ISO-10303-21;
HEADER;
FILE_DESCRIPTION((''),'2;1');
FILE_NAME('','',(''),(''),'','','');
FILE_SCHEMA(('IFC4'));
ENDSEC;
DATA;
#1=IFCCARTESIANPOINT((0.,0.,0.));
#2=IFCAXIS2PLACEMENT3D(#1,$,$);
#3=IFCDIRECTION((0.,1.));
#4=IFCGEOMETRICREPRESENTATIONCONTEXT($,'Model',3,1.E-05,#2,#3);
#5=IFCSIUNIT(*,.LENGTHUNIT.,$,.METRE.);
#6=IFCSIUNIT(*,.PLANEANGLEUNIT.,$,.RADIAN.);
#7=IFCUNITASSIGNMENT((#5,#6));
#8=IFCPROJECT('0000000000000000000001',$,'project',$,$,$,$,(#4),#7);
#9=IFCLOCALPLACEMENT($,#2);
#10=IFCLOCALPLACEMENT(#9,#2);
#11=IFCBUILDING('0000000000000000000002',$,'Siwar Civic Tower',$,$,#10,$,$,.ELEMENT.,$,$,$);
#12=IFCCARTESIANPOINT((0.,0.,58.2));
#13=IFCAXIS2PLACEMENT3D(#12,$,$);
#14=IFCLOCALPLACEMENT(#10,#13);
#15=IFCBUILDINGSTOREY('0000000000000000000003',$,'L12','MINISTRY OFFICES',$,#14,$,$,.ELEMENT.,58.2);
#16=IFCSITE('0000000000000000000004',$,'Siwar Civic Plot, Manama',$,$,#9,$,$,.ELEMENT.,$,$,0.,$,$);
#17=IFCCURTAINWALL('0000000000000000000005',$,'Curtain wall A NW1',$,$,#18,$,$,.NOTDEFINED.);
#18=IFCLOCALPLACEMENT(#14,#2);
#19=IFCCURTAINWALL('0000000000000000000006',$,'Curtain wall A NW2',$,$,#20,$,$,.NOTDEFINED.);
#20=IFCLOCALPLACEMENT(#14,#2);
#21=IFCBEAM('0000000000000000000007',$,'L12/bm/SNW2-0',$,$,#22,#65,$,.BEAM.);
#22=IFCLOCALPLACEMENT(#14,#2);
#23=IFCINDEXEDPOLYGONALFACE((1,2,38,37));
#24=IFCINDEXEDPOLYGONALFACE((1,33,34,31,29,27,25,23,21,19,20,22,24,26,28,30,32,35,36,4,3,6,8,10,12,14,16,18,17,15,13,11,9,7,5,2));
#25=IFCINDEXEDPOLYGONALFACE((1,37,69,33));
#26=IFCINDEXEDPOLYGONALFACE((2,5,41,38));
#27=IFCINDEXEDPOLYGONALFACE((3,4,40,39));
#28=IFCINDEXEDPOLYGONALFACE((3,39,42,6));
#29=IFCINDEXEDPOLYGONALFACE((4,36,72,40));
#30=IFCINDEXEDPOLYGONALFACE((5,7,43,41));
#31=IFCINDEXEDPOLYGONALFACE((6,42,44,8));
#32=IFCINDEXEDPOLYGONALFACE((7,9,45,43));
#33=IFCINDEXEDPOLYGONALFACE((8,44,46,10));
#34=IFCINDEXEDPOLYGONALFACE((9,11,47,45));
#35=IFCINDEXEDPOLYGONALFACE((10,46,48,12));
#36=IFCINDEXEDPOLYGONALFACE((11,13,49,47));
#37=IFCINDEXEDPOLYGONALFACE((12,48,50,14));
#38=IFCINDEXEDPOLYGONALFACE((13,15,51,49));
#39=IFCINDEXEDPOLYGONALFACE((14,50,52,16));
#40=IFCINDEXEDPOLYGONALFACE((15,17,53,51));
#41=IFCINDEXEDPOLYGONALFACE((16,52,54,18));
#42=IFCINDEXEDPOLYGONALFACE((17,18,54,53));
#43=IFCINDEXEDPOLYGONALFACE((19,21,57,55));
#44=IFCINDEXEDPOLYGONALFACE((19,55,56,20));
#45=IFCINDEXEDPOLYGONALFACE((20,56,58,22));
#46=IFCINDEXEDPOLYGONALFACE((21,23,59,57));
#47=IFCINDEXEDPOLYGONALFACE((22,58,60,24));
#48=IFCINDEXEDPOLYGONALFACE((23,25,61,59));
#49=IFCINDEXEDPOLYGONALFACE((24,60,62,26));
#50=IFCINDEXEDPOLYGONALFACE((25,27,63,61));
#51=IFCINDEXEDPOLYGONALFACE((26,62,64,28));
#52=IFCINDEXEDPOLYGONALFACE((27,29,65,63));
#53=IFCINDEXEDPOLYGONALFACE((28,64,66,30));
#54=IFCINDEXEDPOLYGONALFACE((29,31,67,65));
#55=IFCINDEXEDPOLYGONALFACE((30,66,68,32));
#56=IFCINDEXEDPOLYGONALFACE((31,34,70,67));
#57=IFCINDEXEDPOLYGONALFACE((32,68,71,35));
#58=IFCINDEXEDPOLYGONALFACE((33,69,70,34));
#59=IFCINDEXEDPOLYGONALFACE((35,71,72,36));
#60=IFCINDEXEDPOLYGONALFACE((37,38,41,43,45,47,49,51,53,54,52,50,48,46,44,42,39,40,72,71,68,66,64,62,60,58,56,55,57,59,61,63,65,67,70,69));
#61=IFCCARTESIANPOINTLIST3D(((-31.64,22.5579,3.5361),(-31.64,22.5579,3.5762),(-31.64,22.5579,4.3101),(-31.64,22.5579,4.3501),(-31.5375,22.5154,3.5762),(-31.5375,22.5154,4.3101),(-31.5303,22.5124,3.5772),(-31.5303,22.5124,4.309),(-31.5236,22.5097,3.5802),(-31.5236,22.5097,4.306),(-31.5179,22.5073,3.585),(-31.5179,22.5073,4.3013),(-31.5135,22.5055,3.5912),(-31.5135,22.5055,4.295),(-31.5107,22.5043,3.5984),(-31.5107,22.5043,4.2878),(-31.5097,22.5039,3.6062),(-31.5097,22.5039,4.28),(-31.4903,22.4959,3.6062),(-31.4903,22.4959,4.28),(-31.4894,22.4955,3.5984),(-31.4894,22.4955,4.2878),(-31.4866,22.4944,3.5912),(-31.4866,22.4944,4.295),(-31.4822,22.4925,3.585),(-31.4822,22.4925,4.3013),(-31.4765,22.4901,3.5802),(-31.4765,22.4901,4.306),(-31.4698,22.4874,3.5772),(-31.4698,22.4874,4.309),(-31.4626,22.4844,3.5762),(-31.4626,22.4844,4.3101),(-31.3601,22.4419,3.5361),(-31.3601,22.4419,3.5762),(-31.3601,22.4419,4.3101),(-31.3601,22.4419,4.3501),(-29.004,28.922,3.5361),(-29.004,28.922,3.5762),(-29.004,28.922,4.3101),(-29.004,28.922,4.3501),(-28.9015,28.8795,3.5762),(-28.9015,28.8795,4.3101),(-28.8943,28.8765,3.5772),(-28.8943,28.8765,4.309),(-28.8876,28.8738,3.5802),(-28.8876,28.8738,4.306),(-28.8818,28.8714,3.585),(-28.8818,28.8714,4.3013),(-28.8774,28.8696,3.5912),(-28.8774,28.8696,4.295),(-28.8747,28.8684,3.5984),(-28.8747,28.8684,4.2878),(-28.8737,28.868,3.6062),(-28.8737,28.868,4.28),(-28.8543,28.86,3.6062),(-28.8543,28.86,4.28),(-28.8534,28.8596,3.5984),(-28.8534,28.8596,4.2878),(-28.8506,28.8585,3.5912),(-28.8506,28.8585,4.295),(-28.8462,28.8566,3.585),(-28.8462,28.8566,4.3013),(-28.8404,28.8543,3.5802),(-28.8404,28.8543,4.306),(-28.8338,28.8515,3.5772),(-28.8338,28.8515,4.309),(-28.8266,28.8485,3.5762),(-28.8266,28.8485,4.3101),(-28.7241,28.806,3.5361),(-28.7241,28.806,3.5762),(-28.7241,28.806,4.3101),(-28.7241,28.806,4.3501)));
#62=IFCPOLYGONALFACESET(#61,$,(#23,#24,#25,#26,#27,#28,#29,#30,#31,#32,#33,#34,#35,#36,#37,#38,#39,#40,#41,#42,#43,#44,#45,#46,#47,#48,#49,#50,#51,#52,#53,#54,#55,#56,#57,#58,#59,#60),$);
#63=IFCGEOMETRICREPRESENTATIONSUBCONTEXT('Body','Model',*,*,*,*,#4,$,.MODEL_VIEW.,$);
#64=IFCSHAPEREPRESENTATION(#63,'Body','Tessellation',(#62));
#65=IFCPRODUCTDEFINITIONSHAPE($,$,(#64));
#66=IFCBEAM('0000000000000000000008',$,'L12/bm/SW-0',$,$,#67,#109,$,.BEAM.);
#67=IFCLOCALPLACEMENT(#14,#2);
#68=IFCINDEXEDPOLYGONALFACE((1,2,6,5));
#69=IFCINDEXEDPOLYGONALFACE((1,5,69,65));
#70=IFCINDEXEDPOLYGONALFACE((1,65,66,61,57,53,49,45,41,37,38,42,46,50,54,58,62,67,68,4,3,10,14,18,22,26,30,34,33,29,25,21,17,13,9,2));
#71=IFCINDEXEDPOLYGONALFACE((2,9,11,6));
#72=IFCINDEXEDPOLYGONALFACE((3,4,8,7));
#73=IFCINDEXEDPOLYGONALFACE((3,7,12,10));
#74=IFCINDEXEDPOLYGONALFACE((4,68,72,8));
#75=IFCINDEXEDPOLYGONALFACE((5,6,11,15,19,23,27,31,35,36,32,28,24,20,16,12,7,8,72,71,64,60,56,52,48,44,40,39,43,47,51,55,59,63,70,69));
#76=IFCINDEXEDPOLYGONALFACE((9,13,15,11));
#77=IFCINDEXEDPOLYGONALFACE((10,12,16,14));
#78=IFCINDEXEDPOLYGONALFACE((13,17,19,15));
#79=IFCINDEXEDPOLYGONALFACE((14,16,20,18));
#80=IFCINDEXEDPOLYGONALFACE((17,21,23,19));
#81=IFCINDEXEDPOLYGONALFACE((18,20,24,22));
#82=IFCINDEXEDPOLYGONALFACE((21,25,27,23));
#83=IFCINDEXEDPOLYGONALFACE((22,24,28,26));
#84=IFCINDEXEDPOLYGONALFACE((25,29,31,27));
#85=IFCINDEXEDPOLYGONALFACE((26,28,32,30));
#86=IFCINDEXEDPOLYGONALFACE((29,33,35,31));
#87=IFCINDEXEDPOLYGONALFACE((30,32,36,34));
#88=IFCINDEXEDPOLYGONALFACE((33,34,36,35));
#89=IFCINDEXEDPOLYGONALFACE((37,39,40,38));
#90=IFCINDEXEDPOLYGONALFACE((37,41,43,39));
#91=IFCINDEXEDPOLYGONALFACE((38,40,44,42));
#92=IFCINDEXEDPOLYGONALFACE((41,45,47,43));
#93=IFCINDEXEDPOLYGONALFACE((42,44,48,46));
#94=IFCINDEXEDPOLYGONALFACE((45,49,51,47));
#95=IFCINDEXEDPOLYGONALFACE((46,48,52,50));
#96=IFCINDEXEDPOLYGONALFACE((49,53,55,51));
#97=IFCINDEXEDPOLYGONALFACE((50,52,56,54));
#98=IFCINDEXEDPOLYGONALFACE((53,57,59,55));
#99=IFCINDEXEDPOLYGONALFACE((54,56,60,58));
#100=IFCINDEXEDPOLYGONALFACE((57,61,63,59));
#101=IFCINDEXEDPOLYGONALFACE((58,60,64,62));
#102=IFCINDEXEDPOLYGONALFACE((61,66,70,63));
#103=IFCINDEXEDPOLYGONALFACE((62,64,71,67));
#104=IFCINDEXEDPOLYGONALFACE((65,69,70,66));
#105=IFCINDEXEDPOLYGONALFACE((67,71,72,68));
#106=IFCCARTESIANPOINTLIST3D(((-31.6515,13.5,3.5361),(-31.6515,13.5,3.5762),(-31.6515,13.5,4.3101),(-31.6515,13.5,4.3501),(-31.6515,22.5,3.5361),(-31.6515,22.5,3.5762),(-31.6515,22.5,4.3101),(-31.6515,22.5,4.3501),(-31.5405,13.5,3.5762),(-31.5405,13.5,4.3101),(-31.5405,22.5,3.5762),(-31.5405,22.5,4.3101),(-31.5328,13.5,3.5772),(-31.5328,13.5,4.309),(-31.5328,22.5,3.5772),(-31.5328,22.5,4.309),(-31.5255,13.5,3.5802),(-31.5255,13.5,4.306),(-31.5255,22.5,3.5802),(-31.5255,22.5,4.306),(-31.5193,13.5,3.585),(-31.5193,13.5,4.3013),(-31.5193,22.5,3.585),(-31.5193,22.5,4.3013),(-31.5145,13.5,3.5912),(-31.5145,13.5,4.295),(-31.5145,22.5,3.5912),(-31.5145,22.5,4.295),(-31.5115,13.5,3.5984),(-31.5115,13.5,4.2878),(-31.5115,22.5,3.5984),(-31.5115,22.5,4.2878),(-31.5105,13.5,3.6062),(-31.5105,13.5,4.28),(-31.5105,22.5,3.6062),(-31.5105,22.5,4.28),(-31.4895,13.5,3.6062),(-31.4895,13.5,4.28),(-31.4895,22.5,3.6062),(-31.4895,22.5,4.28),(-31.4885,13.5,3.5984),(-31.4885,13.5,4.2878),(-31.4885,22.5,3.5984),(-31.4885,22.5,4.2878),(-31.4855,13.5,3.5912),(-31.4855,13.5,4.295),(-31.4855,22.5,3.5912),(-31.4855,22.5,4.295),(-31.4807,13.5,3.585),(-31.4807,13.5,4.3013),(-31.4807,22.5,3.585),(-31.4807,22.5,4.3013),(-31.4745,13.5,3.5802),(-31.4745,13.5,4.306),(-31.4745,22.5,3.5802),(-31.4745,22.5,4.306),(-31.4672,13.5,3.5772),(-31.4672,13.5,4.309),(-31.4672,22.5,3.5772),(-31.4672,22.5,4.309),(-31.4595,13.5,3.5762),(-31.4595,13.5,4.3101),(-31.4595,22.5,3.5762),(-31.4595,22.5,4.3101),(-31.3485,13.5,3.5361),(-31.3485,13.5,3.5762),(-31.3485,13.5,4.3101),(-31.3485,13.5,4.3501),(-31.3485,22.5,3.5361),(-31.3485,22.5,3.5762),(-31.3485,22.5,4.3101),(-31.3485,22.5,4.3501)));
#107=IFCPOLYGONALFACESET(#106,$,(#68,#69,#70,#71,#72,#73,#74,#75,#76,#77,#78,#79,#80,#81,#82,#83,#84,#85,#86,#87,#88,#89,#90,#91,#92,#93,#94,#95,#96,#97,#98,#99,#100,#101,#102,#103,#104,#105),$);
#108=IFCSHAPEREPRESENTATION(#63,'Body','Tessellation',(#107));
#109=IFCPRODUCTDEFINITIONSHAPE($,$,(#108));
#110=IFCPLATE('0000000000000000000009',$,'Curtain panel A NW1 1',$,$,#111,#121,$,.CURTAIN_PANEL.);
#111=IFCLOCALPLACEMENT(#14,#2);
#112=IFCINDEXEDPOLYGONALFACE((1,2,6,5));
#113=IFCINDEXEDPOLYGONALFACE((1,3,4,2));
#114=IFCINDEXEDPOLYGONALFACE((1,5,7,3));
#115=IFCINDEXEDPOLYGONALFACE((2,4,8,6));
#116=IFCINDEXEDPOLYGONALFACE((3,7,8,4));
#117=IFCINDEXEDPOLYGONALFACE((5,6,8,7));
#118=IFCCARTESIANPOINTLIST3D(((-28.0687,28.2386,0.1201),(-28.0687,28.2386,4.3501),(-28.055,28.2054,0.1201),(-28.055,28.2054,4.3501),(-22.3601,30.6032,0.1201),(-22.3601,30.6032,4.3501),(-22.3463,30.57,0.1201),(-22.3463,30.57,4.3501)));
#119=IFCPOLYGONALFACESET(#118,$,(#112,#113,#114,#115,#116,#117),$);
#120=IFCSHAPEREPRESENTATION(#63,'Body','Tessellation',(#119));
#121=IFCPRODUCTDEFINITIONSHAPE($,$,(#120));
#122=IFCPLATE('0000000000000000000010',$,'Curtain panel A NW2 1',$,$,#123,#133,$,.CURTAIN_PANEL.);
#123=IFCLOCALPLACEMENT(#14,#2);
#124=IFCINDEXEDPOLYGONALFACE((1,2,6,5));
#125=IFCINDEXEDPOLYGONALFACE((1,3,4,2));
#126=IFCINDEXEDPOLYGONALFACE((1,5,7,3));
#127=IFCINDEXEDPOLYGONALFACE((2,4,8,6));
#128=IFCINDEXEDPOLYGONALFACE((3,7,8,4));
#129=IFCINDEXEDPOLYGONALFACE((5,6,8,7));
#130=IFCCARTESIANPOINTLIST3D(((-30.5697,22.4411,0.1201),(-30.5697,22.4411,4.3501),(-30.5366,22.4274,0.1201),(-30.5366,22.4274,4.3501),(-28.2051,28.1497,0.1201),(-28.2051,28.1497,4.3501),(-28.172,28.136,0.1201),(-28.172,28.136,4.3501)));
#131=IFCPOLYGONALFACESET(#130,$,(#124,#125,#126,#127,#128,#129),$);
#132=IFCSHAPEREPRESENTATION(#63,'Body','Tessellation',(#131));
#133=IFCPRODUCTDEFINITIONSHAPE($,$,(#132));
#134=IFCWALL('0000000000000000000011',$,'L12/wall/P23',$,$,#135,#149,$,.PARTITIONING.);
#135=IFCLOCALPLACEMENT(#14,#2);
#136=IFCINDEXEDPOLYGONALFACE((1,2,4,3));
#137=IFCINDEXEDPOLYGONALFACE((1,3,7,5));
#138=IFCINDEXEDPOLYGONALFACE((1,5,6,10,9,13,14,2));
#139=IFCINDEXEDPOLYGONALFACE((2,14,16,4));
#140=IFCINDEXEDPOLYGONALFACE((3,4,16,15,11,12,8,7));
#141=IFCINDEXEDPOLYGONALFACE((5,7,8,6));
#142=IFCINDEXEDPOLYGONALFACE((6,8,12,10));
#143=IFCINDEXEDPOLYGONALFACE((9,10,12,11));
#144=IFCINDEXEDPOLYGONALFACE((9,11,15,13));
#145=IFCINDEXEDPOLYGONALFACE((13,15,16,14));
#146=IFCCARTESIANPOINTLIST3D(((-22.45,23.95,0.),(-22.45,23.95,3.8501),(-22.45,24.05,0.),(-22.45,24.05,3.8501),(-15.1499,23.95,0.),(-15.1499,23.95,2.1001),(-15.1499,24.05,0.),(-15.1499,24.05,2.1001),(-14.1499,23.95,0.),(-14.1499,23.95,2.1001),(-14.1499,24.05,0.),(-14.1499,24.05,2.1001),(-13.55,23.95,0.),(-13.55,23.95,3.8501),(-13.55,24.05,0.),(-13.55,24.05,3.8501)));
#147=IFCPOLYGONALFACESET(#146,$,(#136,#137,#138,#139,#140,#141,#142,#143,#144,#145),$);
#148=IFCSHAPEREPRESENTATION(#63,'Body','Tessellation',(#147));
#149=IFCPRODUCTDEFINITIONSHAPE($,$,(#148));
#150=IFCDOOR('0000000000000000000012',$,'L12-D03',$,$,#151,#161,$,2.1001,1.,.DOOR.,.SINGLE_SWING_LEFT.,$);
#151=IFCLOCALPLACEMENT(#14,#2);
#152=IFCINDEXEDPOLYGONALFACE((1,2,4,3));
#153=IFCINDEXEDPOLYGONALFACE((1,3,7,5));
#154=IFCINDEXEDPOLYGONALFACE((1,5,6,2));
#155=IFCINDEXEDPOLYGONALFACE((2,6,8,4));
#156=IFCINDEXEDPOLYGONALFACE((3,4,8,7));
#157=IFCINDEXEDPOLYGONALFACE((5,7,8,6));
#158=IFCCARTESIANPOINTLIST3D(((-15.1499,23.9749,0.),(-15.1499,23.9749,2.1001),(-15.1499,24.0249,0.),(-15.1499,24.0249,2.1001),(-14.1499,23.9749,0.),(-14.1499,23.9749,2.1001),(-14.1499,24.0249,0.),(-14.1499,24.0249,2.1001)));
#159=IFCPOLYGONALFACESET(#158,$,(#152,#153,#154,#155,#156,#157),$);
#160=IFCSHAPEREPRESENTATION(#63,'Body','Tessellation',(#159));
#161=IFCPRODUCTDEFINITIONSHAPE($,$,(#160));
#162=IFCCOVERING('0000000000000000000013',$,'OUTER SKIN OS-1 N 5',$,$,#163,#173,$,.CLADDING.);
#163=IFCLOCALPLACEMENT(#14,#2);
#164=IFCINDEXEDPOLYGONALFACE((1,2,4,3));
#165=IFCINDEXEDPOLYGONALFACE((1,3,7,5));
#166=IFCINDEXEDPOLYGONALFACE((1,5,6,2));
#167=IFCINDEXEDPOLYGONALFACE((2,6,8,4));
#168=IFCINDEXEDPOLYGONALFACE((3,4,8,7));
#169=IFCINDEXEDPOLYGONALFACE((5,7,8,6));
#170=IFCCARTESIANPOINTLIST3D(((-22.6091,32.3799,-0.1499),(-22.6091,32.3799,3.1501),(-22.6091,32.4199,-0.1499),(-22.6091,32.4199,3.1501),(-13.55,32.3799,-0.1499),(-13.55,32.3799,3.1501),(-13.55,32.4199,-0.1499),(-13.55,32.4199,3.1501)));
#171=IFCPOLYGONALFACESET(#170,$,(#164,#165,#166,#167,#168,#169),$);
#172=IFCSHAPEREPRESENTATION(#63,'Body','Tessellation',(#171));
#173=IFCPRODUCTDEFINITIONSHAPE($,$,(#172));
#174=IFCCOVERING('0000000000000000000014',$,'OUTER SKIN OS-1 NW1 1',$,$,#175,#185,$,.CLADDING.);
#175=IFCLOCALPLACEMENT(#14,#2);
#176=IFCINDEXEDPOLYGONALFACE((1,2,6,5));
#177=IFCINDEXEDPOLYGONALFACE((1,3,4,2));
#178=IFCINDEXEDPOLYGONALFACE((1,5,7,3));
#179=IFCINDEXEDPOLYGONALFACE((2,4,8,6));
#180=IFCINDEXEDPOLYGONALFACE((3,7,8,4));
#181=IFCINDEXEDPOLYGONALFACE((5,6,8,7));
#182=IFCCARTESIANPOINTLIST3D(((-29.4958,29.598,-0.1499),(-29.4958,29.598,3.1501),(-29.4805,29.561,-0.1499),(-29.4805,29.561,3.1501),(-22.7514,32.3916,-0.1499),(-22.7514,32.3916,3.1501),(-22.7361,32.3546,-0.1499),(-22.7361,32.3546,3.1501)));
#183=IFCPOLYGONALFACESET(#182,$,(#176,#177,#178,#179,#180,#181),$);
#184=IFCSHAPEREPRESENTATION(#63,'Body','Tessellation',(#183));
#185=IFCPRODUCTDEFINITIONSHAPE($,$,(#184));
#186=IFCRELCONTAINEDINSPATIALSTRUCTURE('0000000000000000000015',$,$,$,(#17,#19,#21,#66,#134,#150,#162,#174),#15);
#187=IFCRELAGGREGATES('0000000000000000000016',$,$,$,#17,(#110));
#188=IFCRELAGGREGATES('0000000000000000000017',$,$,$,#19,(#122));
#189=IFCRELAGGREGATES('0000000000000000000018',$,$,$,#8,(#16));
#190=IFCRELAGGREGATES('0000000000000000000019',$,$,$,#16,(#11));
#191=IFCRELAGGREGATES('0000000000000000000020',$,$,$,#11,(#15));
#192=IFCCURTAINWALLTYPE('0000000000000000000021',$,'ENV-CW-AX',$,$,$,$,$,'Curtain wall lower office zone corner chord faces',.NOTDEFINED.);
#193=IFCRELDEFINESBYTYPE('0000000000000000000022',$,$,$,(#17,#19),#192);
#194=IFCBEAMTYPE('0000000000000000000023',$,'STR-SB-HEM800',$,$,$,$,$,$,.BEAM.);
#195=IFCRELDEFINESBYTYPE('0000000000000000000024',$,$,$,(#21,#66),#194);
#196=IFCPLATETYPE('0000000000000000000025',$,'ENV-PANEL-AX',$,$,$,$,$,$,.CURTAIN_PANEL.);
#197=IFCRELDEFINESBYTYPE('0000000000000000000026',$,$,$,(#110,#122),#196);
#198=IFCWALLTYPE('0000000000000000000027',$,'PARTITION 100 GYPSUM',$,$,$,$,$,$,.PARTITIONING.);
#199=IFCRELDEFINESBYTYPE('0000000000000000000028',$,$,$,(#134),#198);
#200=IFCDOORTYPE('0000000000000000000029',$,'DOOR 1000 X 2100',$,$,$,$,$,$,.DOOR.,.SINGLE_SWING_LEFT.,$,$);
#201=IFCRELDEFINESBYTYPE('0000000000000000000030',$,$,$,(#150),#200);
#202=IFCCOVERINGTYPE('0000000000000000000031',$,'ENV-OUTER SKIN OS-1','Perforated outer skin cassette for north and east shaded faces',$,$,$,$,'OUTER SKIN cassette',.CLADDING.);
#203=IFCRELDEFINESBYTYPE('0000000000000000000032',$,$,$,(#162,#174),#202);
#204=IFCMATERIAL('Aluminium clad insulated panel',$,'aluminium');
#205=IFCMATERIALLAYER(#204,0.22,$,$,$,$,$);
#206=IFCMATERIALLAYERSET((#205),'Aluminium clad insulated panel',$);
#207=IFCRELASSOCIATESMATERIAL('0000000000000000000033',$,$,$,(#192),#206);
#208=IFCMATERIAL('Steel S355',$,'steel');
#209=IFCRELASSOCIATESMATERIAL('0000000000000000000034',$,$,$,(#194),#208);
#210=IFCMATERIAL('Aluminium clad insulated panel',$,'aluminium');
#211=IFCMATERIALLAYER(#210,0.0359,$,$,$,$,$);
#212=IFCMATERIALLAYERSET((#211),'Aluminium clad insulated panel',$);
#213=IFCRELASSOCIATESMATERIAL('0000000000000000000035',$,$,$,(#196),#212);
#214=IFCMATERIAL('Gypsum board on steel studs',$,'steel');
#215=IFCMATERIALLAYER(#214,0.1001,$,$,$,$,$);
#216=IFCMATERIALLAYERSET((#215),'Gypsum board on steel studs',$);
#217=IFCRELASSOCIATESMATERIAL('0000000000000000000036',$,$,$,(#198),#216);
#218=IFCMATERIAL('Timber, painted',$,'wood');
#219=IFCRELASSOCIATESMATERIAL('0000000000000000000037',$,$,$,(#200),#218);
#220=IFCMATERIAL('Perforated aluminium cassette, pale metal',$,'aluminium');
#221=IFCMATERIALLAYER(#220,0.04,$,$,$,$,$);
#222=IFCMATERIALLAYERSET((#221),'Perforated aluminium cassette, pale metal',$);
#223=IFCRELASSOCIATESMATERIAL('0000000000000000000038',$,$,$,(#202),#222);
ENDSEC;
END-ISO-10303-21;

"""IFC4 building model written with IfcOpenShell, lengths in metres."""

from ifc_helpers import new_model, si_unit, direction, frame, frame_2d, origin, origin_2d, place, context, subcontext, project, spatial, rectangle, i_section, extrude, material, layer, layer_set, material_profile, profile_set, type_object, element, fill, aggregate, save


model = new_model("IFC4")

# Units and contexts
model_context = context("Model", 3, precision=1e-05, world=origin(), true_north=direction((0.0, 1.0)))
body_context = subcontext(model_context, "Body", "Model", "MODEL_VIEW")
ifc_project = project(units=[si_unit("LENGTHUNIT", "METRE"), si_unit("PLANEANGLEUNIT", "RADIAN")], contexts=[model_context])

# Site, building, storey
site_placement = place(None, origin())
site = spatial("IfcSite", under=ifc_project, at=site_placement, Name="Siwar Civic Plot, Manama", CompositionType="ELEMENT", RefElevation=0.0)
building_placement = place(site_placement, origin())
building = spatial("IfcBuilding", under=site, at=building_placement, Name="Siwar Civic Tower", CompositionType="ELEMENT")
storey_placement = place(building_placement, frame((0.0, 0.0, 58.2)))
storey = spatial("IfcBuildingStorey", under=building, at=storey_placement, Name="L12", Description="MINISTRY OFFICES", CompositionType="ELEMENT", Elevation=58.2)

# Curtain walls
ifc_material_1 = material(Name="Aluminium clad insulated panel", Category="aluminium")
ifc_layer_1 = layer(ifc_material_1, 0.22)
ifc_layer_set_1 = layer_set([ifc_layer_1], Name="Aluminium clad insulated panel")
curtain_wall_type = type_object("IfcCurtainWallType", Name="ENV-CW-AX", ElementType="Curtain wall lower office zone corner chord faces", PredefinedType="NOTDEFINED", material=ifc_layer_set_1)
curtain_wall_1_placement = place(storey_placement, origin())
curtain_wall_1 = element("IfcCurtainWall", 1, at=curtain_wall_1_placement, inside=storey, type_object=curtain_wall_type, Name="Curtain wall A NW1", PredefinedType="NOTDEFINED")
curtain_wall_2_placement = place(storey_placement, origin())
curtain_wall_2 = element("IfcCurtainWall", 2, at=curtain_wall_2_placement, inside=storey, type_object=curtain_wall_type, Name="Curtain wall A NW2", PredefinedType="NOTDEFINED")

# Beams
ifc_material_2 = material(Name="Steel S355", Category="steel")
ifc_material_profile_1 = material_profile(ifc_material_2, i_section(OverallWidth=0.303, OverallDepth=0.814, WebThickness=0.021, FlangeThickness=0.04, FilletRadius=0.03, at=origin_2d()), Name="HEM800")
ifc_profile_set_1 = profile_set([ifc_material_profile_1], Name="Steel S355")
beam_type_1 = type_object("IfcBeamType", Name="STR-SB-HEM800", PredefinedType="BEAM", material=ifc_profile_set_1)
for number, where, z_axis, x_axis, name in (
    (3, (-28.864, 28.864, 3.9431), (-0.382674, -0.923883, 0.0), (0.923883, -0.382674, 0.0), "L12/bm/SNW2-0"),
):
    element("IfcBeam", number, at=place(storey_placement, frame(where, z_axis=z_axis, x_axis=x_axis)), inside=storey, type_object=beam_type_1, Name=name, PredefinedType="BEAM", context=body_context, shape_type="SweptSolid", body=[
        extrude(i_section(OverallWidth=0.303, OverallDepth=0.814, WebThickness=0.021, FlangeThickness=0.04, FilletRadius=0.03, at=origin_2d()), origin(), (0.0, 0.0, 1.0), 6.8884),
    ])
beam_1_placement = place(storey_placement, frame((-31.5, 22.5, 3.9431), z_axis=(0.0, -1.0, 0.0), x_axis=(1.0, 0.0, 0.0)))
element("IfcBeam", 4, at=beam_1_placement, inside=storey, type_object=beam_type_1, Name="L12/bm/SW-0", PredefinedType="BEAM", context=body_context, shape_type="SweptSolid", body=[
    extrude(i_section(OverallWidth=0.303, OverallDepth=0.814, WebThickness=0.021, FlangeThickness=0.04, FilletRadius=0.03, at=origin_2d()), origin(), (0.0, 0.0, 1.0), 9.0),
])

# Plates
ifc_material_3 = material(Name="Aluminium clad insulated panel", Category="aluminium")
ifc_layer_2 = layer(ifc_material_3, 0.0359)
ifc_layer_set_2 = layer_set([ifc_layer_2], Name="Aluminium clad insulated panel")
plate_type = type_object("IfcPlateType", Name="ENV-PANEL-AX", PredefinedType="CURTAIN_PANEL", material=ifc_layer_set_2)
plate_1_placement = place(storey_placement, frame((-25.2075, 29.4043, 0.1201), z_axis=(0.0, 0.0, 1.0), x_axis=(-0.92388, -0.382683, 0.0)))
plate_1 = element("IfcPlate", 5, at=plate_1_placement, type_object=plate_type, Name="Curtain panel A NW1 1", PredefinedType="CURTAIN_PANEL", context=body_context, shape_type="SweptSolid", body=[
    extrude(rectangle(XDim=6.179, YDim=0.0359, at=origin_2d()), origin(), (0.0, 0.0, 1.0), 4.23),
])
aggregate(curtain_wall_1, [plate_1])
plate_2_placement = place(storey_placement, frame((-29.3708, 25.2886, 0.1201), z_axis=(0.0, 0.0, 1.0), x_axis=(-0.382683, -0.92388, 0.0)))
plate_2 = element("IfcPlate", 6, at=plate_2_placement, type_object=plate_type, Name="Curtain panel A NW2 1", PredefinedType="CURTAIN_PANEL", context=body_context, shape_type="SweptSolid", body=[
    extrude(rectangle(XDim=6.179, YDim=0.0359, at=origin_2d()), origin(), (0.0, 0.0, 1.0), 4.23),
])
aggregate(curtain_wall_2, [plate_2])

# Wall, opening, door
ifc_material_4 = material(Name="Gypsum board on steel studs", Category="steel")
ifc_layer_3 = layer(ifc_material_4, 0.1001)
ifc_layer_set_3 = layer_set([ifc_layer_3], Name="Gypsum board on steel studs")
wall_type = type_object("IfcWallType", Name="PARTITION 100 GYPSUM", PredefinedType="PARTITIONING", material=ifc_layer_set_3)
wall_placement = place(storey_placement, frame((-22.45, 24.0, 0.0), z_axis=(0.0, 0.0, 1.0), x_axis=(1.0, 0.0, 0.0)))
wall = element("IfcWall", 7, at=wall_placement, inside=storey, type_object=wall_type, Name="L12/wall/P23", PredefinedType="PARTITIONING", context=body_context, shape_type="SweptSolid", body=[
    extrude(rectangle(XDim=8.8999, YDim=0.1001, at=frame_2d((4.45, 0.0))), origin(), (0.0, 0.0, 1.0), 3.8501),
])
opening_placement = place(wall_placement, frame((7.3, 0.0, 0.0)))
opening = element("IfcOpeningElement", 8, at=opening_placement, cuts=wall, PredefinedType="OPENING", context=body_context, shape_type="SweptSolid", body=[
    extrude(rectangle(XDim=1.0, YDim=2.1001, at=frame_2d((0.5, 1.05))), frame((0.0, 0.0601, 0.0), z_axis=(0.0, -1.0, 0.0), x_axis=(1.0, 0.0, 0.0)), (0.0, 0.0, 1.0), 0.1201),
])
ifc_material_5 = material(Name="Timber, painted", Category="wood")
door_type = type_object("IfcDoorType", Name="DOOR 1000 X 2100", OperationType="SINGLE_SWING_LEFT", PredefinedType="DOOR", material=ifc_material_5)
door_placement = place(opening_placement, origin())
door = element("IfcDoor", 9, at=door_placement, inside=storey, type_object=door_type, Name="L12-D03", OperationType="SINGLE_SWING_LEFT", OverallHeight=2.1001, OverallWidth=1.0, PredefinedType="DOOR", context=body_context, shape_type="SweptSolid", body=[
    extrude(rectangle(XDim=1.0, YDim=2.1001, at=frame_2d((0.5, 1.05))), frame((0.0, 0.0249, 0.0), z_axis=(0.0, -1.0, 0.0), x_axis=(1.0, 0.0, 0.0)), (0.0, 0.0, 1.0), 0.05),
])
fill(opening, door)

# Coverings
ifc_material_6 = material(Name="Perforated aluminium cassette, pale metal", Category="aluminium")
ifc_layer_4 = layer(ifc_material_6, 0.04)
ifc_layer_set_4 = layer_set([ifc_layer_4], Name="Perforated aluminium cassette, pale metal")
covering_type_1 = type_object("IfcCoveringType", Name="ENV-OUTER SKIN OS-1", Description="Perforated outer skin cassette for north and east shaded faces", ElementType="OUTER SKIN cassette", PredefinedType="CLADDING", material=ifc_layer_set_4)
covering_1_placement = place(storey_placement, frame((-18.0796, 32.3999, -0.1499), z_axis=(0.0, 0.0, 1.0), x_axis=(-1.0, 0.0, 0.0)))
element("IfcCovering", 10, at=covering_1_placement, inside=storey, type_object=covering_type_1, Name="OUTER SKIN OS-1 N 5", PredefinedType="CLADDING", context=body_context, shape_type="SweptSolid", body=[
    extrude(rectangle(XDim=9.0591, YDim=0.04, at=origin_2d()), origin(), (0.0, 0.0, 1.0), 3.3),
])
covering_2_placement = place(storey_placement, frame((-26.116, 30.9763, -0.1499), z_axis=(0.0, 0.0, 1.0), x_axis=(-0.92388, -0.382683, 0.0)))
element("IfcCovering", 11, at=covering_2_placement, inside=storey, type_object=covering_type_1, Name="OUTER SKIN OS-1 NW1 1", PredefinedType="CLADDING", context=body_context, shape_type="SweptSolid", body=[
    extrude(rectangle(XDim=7.3, YDim=0.04, at=origin_2d()), origin(), (0.0, 0.0, 1.0), 3.3),
])

save(model, "model.ifc")
